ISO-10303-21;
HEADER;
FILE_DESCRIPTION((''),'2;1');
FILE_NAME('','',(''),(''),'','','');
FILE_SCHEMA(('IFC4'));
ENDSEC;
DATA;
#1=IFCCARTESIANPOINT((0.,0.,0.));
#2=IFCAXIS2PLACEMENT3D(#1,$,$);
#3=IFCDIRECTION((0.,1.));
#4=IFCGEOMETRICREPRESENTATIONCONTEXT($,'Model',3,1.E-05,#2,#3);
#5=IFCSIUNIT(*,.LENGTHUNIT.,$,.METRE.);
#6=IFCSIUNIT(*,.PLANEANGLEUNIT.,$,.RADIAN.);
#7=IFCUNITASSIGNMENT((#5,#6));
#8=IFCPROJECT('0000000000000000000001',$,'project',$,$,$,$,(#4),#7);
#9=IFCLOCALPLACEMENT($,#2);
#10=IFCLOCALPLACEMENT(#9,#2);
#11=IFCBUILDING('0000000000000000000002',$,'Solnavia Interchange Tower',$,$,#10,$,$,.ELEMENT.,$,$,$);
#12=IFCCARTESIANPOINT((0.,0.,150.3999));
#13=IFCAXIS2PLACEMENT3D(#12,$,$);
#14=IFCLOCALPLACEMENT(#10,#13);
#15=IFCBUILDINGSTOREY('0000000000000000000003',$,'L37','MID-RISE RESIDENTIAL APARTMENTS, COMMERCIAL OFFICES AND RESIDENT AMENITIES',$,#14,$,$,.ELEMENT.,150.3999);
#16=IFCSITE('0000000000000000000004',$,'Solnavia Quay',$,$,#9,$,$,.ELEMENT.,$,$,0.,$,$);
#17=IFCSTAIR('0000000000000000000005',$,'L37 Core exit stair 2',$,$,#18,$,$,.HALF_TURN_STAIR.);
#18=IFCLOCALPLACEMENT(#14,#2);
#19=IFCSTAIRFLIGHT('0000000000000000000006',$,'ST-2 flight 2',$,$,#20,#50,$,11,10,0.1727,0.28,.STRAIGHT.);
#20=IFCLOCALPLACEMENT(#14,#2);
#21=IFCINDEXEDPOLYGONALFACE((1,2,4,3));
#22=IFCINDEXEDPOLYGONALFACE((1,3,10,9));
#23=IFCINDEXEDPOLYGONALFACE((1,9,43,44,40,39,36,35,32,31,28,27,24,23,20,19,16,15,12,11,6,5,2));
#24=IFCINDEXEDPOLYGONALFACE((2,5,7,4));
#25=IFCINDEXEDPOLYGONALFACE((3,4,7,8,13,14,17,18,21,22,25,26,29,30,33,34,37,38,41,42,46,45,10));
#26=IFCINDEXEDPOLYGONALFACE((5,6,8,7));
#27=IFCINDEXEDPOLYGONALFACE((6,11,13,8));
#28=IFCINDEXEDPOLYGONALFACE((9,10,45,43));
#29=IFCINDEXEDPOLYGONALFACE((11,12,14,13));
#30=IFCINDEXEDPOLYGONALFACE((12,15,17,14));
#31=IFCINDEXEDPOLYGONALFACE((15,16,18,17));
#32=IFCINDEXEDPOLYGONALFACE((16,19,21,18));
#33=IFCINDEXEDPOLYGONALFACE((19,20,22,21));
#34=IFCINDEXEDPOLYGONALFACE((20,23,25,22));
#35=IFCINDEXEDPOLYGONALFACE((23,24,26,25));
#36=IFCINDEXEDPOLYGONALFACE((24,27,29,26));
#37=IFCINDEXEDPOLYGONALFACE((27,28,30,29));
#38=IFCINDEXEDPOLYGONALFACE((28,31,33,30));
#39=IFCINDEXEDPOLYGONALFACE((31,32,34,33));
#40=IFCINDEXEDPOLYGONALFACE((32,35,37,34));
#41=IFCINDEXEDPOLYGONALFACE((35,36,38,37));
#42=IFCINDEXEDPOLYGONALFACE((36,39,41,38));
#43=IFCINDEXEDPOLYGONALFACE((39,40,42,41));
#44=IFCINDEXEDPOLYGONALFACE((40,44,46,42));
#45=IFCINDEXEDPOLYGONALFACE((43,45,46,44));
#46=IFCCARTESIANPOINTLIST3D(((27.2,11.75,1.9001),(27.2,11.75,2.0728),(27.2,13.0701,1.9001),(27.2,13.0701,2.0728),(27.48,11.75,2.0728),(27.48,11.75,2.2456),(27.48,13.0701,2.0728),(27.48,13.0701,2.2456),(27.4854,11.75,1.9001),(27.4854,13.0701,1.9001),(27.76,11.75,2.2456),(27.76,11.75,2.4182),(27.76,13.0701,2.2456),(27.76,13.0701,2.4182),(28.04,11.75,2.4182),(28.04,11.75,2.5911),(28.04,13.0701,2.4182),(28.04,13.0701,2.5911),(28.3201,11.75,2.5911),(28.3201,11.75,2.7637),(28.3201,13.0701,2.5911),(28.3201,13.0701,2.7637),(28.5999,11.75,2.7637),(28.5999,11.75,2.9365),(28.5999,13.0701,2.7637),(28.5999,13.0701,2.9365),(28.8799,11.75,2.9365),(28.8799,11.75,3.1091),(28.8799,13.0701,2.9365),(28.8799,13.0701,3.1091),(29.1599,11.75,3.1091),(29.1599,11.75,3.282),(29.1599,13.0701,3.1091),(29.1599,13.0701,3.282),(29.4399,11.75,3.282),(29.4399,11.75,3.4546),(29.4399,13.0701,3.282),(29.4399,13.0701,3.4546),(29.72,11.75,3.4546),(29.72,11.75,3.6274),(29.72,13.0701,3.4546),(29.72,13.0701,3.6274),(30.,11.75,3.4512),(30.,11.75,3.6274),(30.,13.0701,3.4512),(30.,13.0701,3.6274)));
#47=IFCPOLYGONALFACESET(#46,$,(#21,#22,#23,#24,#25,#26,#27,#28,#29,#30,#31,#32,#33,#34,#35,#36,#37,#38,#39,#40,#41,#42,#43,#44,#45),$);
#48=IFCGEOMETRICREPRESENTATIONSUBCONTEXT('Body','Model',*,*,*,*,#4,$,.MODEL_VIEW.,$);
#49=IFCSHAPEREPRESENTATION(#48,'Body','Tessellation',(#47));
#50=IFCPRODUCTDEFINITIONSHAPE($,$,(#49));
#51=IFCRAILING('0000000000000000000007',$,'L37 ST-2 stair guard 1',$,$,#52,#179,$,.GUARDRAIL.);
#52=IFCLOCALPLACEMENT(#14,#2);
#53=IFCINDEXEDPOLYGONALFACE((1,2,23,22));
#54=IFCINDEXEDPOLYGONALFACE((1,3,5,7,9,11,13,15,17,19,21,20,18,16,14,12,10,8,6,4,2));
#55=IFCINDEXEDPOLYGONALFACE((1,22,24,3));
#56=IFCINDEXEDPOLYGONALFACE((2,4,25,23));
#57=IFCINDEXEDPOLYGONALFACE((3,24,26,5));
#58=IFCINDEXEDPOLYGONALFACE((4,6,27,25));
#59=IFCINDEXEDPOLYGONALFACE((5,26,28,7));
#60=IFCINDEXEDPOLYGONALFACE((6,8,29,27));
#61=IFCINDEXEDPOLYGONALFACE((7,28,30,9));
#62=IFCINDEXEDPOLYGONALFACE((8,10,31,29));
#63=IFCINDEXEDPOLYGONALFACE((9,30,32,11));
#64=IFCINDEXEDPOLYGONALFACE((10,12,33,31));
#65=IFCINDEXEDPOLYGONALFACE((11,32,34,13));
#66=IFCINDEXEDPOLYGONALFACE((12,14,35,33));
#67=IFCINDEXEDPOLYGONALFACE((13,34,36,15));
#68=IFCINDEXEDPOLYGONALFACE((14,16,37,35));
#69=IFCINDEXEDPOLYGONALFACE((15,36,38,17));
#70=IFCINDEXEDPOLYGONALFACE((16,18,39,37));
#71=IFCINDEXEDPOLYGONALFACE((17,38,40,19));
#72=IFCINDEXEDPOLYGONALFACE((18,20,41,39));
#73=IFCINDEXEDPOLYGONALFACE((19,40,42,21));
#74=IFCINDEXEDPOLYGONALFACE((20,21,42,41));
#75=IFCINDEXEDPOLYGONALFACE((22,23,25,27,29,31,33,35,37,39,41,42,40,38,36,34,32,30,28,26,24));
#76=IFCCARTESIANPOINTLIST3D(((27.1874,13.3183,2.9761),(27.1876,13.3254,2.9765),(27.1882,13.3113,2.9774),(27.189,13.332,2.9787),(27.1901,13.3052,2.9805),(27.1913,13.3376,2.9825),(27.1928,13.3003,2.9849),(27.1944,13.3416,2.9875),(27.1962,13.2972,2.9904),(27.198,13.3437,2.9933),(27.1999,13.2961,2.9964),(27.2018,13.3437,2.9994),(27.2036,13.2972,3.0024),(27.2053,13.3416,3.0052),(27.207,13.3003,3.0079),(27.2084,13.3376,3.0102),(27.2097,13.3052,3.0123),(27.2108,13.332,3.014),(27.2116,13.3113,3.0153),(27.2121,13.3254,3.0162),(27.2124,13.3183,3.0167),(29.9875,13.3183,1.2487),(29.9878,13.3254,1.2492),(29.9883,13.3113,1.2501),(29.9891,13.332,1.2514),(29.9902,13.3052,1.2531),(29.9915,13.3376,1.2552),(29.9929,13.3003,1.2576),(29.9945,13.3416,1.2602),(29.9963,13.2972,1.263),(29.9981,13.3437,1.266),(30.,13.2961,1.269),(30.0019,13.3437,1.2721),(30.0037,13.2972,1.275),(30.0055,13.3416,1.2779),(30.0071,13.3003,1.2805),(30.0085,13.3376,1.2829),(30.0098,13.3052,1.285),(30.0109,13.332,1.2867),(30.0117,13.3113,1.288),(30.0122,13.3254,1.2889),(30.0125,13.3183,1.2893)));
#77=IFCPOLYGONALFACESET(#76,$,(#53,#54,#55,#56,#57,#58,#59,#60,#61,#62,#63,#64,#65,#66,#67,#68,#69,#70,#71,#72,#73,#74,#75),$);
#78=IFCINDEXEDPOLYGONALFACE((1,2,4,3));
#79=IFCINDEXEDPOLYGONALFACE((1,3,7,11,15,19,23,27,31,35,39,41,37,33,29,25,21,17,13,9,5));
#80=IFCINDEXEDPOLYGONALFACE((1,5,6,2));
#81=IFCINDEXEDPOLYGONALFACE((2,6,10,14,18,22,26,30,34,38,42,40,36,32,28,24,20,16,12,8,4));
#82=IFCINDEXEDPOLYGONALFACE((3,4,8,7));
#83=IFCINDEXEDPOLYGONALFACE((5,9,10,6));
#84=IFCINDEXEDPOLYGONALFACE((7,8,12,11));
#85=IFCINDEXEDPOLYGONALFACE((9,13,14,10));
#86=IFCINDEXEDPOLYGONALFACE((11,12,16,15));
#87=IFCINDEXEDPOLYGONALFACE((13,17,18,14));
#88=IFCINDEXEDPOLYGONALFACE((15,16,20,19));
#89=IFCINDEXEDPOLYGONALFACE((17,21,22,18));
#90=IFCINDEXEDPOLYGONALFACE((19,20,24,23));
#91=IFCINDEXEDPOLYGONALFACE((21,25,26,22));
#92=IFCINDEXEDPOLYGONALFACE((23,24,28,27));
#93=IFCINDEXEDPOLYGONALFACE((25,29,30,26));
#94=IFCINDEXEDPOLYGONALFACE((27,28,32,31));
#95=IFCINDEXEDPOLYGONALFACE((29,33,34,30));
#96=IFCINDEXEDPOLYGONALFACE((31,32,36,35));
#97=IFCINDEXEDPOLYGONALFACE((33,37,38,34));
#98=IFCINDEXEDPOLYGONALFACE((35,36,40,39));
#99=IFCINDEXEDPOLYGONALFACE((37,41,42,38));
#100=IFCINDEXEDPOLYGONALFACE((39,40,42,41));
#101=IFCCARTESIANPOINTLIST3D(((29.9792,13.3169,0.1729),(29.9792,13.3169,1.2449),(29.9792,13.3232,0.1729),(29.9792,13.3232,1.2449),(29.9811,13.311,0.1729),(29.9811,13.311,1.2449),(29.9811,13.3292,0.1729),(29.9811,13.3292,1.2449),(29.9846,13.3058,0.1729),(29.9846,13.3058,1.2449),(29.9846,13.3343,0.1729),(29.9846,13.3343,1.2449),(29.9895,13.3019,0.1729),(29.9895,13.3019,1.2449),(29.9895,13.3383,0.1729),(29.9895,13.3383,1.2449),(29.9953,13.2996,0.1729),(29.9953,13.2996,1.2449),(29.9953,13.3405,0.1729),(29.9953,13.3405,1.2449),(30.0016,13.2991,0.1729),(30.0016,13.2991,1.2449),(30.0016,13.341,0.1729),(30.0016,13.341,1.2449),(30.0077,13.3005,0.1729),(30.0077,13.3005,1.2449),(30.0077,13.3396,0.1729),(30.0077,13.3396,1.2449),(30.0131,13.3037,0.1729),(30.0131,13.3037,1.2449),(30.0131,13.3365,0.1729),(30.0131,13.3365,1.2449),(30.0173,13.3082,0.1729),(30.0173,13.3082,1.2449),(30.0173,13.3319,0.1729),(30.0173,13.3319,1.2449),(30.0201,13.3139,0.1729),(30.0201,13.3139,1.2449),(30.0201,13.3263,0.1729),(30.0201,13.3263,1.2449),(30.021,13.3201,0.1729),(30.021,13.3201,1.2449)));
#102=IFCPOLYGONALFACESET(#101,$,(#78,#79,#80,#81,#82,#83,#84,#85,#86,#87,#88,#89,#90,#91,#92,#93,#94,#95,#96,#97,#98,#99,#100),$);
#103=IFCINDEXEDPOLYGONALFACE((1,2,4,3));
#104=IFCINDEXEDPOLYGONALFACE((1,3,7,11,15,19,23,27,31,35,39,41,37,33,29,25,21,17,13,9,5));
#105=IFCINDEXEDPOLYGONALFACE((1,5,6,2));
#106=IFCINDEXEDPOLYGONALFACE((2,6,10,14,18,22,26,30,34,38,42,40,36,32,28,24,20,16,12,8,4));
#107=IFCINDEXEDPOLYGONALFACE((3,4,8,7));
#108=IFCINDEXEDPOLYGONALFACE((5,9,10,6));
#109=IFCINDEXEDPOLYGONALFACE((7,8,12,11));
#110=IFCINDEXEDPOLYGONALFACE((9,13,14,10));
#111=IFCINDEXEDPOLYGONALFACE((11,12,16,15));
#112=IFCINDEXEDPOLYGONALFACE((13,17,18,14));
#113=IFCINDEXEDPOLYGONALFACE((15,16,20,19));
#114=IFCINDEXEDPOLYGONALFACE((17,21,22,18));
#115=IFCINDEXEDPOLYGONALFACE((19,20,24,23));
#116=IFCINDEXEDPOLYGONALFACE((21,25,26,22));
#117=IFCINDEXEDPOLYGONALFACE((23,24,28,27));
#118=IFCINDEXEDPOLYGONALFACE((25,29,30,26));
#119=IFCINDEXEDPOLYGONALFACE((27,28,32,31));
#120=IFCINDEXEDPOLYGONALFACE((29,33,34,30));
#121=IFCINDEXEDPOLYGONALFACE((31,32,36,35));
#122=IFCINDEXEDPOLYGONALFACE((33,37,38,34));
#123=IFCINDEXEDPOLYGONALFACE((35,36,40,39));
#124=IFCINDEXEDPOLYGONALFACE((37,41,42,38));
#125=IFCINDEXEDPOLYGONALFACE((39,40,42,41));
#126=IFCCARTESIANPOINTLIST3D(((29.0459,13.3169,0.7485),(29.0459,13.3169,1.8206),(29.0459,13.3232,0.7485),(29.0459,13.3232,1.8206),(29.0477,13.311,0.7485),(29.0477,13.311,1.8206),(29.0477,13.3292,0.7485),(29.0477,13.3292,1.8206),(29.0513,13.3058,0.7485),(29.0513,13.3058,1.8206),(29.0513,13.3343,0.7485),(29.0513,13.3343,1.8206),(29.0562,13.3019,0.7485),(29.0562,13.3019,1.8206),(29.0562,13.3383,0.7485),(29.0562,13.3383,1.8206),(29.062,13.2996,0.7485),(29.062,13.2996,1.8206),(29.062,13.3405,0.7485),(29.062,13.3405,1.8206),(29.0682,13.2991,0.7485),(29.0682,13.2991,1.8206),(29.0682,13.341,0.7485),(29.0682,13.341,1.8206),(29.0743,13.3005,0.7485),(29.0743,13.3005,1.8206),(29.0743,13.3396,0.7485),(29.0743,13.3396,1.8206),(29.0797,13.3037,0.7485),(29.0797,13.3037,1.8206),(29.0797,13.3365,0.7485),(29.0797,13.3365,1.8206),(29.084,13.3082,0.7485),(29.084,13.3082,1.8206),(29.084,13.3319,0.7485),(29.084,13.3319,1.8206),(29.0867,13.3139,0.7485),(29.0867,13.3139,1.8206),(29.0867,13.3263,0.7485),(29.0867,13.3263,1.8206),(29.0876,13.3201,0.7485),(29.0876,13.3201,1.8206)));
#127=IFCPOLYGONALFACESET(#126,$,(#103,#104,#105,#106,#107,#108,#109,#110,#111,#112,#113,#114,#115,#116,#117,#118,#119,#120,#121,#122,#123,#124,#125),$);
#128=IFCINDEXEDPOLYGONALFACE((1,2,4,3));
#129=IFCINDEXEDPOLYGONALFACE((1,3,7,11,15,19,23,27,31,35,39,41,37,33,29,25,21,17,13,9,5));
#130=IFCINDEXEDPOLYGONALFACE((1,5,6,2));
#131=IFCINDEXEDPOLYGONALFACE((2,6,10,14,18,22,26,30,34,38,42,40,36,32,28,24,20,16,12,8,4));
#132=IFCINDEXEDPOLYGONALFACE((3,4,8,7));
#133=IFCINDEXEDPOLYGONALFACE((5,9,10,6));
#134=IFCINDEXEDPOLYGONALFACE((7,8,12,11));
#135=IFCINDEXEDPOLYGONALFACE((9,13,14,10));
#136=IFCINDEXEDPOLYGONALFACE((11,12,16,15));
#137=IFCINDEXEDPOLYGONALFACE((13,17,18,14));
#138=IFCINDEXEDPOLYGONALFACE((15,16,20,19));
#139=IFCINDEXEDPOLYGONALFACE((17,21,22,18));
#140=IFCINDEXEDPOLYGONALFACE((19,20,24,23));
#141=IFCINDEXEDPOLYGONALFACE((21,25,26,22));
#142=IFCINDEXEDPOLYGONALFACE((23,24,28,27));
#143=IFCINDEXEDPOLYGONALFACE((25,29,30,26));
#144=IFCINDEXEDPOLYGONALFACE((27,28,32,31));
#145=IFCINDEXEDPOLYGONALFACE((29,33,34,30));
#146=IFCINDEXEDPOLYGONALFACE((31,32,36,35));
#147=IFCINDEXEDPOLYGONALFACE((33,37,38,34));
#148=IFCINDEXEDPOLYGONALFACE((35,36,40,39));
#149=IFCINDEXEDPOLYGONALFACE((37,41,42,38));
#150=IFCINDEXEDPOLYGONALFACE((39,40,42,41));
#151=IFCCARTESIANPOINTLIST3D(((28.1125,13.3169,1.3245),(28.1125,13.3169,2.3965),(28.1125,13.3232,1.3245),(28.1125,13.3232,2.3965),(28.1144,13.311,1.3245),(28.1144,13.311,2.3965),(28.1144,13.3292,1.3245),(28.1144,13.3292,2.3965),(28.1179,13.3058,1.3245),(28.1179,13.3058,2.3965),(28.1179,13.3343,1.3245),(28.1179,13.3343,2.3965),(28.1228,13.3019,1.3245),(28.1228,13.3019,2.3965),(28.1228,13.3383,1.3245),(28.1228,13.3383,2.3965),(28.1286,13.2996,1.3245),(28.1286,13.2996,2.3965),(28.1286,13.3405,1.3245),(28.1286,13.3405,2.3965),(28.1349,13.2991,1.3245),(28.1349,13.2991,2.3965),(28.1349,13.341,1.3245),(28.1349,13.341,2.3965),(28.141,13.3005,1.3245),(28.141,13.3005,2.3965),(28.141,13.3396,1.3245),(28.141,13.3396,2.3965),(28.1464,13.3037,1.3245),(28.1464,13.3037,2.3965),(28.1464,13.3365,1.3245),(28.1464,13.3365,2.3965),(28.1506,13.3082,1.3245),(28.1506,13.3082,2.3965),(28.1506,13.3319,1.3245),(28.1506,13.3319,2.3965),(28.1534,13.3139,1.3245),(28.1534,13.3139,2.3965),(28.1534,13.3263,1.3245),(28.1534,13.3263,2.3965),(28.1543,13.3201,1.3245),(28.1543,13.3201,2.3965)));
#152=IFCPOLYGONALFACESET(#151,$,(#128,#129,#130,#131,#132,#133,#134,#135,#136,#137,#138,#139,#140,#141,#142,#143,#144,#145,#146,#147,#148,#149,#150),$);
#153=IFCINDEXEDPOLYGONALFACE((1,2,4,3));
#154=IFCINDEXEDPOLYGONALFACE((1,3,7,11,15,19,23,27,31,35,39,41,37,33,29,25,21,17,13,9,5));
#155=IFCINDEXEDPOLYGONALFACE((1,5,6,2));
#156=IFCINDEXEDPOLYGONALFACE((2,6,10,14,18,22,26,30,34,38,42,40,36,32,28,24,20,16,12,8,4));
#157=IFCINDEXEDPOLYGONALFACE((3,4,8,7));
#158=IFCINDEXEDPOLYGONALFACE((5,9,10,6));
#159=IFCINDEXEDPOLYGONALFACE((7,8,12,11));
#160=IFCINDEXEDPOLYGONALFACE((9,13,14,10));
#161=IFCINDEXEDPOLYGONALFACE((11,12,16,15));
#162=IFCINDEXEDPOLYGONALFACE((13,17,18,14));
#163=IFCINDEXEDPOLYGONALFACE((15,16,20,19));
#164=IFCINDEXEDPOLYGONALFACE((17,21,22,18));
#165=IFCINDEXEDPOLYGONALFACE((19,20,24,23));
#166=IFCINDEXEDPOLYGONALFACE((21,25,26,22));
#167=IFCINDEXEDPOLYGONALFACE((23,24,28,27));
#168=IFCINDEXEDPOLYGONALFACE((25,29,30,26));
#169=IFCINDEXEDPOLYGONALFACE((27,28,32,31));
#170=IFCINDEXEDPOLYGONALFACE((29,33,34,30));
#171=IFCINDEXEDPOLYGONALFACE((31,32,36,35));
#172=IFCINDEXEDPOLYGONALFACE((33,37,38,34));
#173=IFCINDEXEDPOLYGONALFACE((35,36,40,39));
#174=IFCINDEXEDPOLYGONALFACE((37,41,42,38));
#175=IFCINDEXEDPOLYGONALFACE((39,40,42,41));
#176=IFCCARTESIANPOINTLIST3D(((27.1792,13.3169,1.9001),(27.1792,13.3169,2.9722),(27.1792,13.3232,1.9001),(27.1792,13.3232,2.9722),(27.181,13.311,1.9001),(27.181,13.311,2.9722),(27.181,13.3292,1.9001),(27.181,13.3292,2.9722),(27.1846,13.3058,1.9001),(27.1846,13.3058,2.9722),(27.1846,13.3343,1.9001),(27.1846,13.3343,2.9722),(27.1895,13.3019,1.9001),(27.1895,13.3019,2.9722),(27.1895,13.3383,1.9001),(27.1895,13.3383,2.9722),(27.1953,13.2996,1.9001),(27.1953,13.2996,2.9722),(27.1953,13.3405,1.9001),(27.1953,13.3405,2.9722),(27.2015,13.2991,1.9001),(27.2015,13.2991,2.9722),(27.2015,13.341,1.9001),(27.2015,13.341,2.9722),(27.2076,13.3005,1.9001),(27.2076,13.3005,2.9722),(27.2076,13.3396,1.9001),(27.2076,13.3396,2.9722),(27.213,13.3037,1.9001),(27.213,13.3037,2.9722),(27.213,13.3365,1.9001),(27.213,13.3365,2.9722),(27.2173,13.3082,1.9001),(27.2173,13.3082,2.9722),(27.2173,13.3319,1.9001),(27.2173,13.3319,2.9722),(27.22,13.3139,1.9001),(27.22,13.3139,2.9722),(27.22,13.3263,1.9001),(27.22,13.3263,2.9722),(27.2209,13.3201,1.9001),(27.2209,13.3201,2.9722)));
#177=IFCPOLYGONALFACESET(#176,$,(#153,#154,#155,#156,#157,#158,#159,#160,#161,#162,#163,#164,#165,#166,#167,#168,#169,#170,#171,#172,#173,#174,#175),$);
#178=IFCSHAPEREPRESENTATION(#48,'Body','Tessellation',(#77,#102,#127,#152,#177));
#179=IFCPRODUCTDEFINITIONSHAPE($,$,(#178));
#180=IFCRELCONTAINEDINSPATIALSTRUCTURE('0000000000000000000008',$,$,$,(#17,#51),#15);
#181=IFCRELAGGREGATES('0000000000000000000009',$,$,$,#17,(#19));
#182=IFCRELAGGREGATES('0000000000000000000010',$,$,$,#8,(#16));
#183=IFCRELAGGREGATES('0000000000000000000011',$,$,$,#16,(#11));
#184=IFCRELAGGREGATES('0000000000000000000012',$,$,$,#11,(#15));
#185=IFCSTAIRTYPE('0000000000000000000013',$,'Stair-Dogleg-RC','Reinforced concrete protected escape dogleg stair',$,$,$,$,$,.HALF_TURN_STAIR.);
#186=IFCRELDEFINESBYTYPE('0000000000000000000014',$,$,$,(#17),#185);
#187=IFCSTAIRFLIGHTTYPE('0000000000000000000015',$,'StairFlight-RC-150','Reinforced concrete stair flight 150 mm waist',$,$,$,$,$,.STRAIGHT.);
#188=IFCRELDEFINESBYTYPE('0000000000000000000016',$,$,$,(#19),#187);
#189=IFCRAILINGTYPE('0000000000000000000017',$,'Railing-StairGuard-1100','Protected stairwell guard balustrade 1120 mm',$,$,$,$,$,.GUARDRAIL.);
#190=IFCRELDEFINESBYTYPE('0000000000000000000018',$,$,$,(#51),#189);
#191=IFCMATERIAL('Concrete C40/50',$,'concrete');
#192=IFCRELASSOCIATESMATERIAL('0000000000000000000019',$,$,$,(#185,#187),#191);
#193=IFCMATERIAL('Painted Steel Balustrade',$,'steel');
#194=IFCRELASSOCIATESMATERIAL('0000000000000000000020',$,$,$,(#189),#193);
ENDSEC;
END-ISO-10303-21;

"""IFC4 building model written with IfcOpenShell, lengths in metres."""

from ifc_helpers import new_model, si_unit, direction, frame, origin, origin_2d, place, context, subcontext, project, spatial, polyline, circle, outline, extrude, material, type_object, element, aggregate, save


model = new_model("IFC4")

# Units and contexts
model_context = context("Model", 3, precision=1e-05, world=origin(), true_north=direction((0.0, 1.0)))
body_context = subcontext(model_context, "Body", "Model", "MODEL_VIEW")
ifc_project = project(units=[si_unit("LENGTHUNIT", "METRE"), si_unit("PLANEANGLEUNIT", "RADIAN")], contexts=[model_context])

# Site, building, storey
site_placement = place(None, origin())
site = spatial("IfcSite", under=ifc_project, at=site_placement, Name="Solnavia Quay", CompositionType="ELEMENT", RefElevation=0.0)
building_placement = place(site_placement, origin())
building = spatial("IfcBuilding", under=site, at=building_placement, Name="Solnavia Interchange Tower", CompositionType="ELEMENT")
storey_placement = place(building_placement, frame((0.0, 0.0, 150.3999)))
storey = spatial("IfcBuildingStorey", under=building, at=storey_placement, Name="L37", Description="MID-RISE RESIDENTIAL APARTMENTS, COMMERCIAL OFFICES AND RESIDENT AMENITIES", CompositionType="ELEMENT", Elevation=150.3999)

# Shared definitions
ifc_material_1 = material(Name="Concrete C40/50", Category="concrete")

# Stair, stair flight
stair_type = type_object("IfcStairType", Name="Stair-Dogleg-RC", Description="Reinforced concrete protected escape dogleg stair", PredefinedType="HALF_TURN_STAIR", material=ifc_material_1)
stair_placement = place(storey_placement, origin())
stair = element("IfcStair", 1, at=stair_placement, inside=storey, type_object=stair_type, Name="L37 Core exit stair 2", PredefinedType="HALF_TURN_STAIR")
stair_flight_type = type_object("IfcStairFlightType", Name="StairFlight-RC-150", Description="Reinforced concrete stair flight 150 mm waist", PredefinedType="STRAIGHT", material=ifc_material_1)
stair_flight_1_placement = place(storey_placement, frame((27.2, 12.4099, 1.9001), z_axis=(0.0, 0.0, 1.0), x_axis=(1.0, 0.0, 0.0)))
stair_flight_1 = element("IfcStairFlight", 2, at=stair_flight_1_placement, type_object=stair_flight_type, Name="ST-2 flight 2", NumberOfRisers=11, NumberOfTreads=10, PredefinedType="STRAIGHT", RiserHeight=0.1727, TreadLength=0.28, context=body_context, shape_type="SweptSolid", body=[
    extrude(outline(polyline([(0.0, 0.0), (0.0, 0.1726), (0.28, 0.1726), (0.28, 0.3455), (0.5601, 0.3455), (0.5601, 0.5181), (0.8401, 0.5181), (0.8401, 0.6909), (1.1201, 0.6909), (1.1201, 0.8635), (1.3999, 0.8635), (1.3999, 1.0364), (1.6799, 1.0364), (1.6799, 1.209), (1.96, 1.209), (1.96, 1.3818), (2.24, 1.3818), (2.24, 1.5544), (2.52, 1.5544), (2.52, 1.7273), (2.8, 1.7273), (2.8, 1.8999), (2.8, 1.551), (0.2854, 0.0), (0.0, 0.0)])), frame((0.0, 0.6602, 0.0), z_axis=(0.0, -1.0, 0.0), x_axis=(1.0, 0.0, 0.0)), (0.0, 0.0, 1.0), 1.3201),
])
aggregate(stair, [stair_flight_1])

# Railing
ifc_material_2 = material(Name="Painted Steel Balustrade", Category="steel")
railing_type_1 = type_object("IfcRailingType", Name="Railing-StairGuard-1100", Description="Protected stairwell guard balustrade 1120 mm", PredefinedType="GUARDRAIL", material=ifc_material_2)
railing_1_placement = place(storey_placement, frame((30.0, 13.3201, 0.1729)))
element("IfcRailing", 3, at=railing_1_placement, inside=storey, type_object=railing_type_1, Name="L37 ST-2 stair guard 1", PredefinedType="GUARDRAIL", context=body_context, shape_type="SweptSolid", body=[
    extrude(circle(Radius=0.0239, at=origin_2d()), frame((0.0, 0.0, 1.0962), z_axis=(-0.85109, 0.0, 0.52502), x_axis=(0.0, -1.0, 0.0)), (0.0, 0.0, 1.0), 3.29),
    extrude(circle(Radius=0.021, at=origin_2d()), origin(), (0.0, 0.0, 1.0), 1.072),
    extrude(circle(Radius=0.021, at=origin_2d()), frame((-0.9333, 0.0, 0.5757)), (0.0, 0.0, 1.0), 1.072),
    extrude(circle(Radius=0.021, at=origin_2d()), frame((-1.8667, 0.0, 1.1516)), (0.0, 0.0, 1.0), 1.072),
    extrude(circle(Radius=0.021, at=origin_2d()), frame((-2.8, 0.0, 1.7273)), (0.0, 0.0, 1.0), 1.072),
])

save(model, "model.ifc")
